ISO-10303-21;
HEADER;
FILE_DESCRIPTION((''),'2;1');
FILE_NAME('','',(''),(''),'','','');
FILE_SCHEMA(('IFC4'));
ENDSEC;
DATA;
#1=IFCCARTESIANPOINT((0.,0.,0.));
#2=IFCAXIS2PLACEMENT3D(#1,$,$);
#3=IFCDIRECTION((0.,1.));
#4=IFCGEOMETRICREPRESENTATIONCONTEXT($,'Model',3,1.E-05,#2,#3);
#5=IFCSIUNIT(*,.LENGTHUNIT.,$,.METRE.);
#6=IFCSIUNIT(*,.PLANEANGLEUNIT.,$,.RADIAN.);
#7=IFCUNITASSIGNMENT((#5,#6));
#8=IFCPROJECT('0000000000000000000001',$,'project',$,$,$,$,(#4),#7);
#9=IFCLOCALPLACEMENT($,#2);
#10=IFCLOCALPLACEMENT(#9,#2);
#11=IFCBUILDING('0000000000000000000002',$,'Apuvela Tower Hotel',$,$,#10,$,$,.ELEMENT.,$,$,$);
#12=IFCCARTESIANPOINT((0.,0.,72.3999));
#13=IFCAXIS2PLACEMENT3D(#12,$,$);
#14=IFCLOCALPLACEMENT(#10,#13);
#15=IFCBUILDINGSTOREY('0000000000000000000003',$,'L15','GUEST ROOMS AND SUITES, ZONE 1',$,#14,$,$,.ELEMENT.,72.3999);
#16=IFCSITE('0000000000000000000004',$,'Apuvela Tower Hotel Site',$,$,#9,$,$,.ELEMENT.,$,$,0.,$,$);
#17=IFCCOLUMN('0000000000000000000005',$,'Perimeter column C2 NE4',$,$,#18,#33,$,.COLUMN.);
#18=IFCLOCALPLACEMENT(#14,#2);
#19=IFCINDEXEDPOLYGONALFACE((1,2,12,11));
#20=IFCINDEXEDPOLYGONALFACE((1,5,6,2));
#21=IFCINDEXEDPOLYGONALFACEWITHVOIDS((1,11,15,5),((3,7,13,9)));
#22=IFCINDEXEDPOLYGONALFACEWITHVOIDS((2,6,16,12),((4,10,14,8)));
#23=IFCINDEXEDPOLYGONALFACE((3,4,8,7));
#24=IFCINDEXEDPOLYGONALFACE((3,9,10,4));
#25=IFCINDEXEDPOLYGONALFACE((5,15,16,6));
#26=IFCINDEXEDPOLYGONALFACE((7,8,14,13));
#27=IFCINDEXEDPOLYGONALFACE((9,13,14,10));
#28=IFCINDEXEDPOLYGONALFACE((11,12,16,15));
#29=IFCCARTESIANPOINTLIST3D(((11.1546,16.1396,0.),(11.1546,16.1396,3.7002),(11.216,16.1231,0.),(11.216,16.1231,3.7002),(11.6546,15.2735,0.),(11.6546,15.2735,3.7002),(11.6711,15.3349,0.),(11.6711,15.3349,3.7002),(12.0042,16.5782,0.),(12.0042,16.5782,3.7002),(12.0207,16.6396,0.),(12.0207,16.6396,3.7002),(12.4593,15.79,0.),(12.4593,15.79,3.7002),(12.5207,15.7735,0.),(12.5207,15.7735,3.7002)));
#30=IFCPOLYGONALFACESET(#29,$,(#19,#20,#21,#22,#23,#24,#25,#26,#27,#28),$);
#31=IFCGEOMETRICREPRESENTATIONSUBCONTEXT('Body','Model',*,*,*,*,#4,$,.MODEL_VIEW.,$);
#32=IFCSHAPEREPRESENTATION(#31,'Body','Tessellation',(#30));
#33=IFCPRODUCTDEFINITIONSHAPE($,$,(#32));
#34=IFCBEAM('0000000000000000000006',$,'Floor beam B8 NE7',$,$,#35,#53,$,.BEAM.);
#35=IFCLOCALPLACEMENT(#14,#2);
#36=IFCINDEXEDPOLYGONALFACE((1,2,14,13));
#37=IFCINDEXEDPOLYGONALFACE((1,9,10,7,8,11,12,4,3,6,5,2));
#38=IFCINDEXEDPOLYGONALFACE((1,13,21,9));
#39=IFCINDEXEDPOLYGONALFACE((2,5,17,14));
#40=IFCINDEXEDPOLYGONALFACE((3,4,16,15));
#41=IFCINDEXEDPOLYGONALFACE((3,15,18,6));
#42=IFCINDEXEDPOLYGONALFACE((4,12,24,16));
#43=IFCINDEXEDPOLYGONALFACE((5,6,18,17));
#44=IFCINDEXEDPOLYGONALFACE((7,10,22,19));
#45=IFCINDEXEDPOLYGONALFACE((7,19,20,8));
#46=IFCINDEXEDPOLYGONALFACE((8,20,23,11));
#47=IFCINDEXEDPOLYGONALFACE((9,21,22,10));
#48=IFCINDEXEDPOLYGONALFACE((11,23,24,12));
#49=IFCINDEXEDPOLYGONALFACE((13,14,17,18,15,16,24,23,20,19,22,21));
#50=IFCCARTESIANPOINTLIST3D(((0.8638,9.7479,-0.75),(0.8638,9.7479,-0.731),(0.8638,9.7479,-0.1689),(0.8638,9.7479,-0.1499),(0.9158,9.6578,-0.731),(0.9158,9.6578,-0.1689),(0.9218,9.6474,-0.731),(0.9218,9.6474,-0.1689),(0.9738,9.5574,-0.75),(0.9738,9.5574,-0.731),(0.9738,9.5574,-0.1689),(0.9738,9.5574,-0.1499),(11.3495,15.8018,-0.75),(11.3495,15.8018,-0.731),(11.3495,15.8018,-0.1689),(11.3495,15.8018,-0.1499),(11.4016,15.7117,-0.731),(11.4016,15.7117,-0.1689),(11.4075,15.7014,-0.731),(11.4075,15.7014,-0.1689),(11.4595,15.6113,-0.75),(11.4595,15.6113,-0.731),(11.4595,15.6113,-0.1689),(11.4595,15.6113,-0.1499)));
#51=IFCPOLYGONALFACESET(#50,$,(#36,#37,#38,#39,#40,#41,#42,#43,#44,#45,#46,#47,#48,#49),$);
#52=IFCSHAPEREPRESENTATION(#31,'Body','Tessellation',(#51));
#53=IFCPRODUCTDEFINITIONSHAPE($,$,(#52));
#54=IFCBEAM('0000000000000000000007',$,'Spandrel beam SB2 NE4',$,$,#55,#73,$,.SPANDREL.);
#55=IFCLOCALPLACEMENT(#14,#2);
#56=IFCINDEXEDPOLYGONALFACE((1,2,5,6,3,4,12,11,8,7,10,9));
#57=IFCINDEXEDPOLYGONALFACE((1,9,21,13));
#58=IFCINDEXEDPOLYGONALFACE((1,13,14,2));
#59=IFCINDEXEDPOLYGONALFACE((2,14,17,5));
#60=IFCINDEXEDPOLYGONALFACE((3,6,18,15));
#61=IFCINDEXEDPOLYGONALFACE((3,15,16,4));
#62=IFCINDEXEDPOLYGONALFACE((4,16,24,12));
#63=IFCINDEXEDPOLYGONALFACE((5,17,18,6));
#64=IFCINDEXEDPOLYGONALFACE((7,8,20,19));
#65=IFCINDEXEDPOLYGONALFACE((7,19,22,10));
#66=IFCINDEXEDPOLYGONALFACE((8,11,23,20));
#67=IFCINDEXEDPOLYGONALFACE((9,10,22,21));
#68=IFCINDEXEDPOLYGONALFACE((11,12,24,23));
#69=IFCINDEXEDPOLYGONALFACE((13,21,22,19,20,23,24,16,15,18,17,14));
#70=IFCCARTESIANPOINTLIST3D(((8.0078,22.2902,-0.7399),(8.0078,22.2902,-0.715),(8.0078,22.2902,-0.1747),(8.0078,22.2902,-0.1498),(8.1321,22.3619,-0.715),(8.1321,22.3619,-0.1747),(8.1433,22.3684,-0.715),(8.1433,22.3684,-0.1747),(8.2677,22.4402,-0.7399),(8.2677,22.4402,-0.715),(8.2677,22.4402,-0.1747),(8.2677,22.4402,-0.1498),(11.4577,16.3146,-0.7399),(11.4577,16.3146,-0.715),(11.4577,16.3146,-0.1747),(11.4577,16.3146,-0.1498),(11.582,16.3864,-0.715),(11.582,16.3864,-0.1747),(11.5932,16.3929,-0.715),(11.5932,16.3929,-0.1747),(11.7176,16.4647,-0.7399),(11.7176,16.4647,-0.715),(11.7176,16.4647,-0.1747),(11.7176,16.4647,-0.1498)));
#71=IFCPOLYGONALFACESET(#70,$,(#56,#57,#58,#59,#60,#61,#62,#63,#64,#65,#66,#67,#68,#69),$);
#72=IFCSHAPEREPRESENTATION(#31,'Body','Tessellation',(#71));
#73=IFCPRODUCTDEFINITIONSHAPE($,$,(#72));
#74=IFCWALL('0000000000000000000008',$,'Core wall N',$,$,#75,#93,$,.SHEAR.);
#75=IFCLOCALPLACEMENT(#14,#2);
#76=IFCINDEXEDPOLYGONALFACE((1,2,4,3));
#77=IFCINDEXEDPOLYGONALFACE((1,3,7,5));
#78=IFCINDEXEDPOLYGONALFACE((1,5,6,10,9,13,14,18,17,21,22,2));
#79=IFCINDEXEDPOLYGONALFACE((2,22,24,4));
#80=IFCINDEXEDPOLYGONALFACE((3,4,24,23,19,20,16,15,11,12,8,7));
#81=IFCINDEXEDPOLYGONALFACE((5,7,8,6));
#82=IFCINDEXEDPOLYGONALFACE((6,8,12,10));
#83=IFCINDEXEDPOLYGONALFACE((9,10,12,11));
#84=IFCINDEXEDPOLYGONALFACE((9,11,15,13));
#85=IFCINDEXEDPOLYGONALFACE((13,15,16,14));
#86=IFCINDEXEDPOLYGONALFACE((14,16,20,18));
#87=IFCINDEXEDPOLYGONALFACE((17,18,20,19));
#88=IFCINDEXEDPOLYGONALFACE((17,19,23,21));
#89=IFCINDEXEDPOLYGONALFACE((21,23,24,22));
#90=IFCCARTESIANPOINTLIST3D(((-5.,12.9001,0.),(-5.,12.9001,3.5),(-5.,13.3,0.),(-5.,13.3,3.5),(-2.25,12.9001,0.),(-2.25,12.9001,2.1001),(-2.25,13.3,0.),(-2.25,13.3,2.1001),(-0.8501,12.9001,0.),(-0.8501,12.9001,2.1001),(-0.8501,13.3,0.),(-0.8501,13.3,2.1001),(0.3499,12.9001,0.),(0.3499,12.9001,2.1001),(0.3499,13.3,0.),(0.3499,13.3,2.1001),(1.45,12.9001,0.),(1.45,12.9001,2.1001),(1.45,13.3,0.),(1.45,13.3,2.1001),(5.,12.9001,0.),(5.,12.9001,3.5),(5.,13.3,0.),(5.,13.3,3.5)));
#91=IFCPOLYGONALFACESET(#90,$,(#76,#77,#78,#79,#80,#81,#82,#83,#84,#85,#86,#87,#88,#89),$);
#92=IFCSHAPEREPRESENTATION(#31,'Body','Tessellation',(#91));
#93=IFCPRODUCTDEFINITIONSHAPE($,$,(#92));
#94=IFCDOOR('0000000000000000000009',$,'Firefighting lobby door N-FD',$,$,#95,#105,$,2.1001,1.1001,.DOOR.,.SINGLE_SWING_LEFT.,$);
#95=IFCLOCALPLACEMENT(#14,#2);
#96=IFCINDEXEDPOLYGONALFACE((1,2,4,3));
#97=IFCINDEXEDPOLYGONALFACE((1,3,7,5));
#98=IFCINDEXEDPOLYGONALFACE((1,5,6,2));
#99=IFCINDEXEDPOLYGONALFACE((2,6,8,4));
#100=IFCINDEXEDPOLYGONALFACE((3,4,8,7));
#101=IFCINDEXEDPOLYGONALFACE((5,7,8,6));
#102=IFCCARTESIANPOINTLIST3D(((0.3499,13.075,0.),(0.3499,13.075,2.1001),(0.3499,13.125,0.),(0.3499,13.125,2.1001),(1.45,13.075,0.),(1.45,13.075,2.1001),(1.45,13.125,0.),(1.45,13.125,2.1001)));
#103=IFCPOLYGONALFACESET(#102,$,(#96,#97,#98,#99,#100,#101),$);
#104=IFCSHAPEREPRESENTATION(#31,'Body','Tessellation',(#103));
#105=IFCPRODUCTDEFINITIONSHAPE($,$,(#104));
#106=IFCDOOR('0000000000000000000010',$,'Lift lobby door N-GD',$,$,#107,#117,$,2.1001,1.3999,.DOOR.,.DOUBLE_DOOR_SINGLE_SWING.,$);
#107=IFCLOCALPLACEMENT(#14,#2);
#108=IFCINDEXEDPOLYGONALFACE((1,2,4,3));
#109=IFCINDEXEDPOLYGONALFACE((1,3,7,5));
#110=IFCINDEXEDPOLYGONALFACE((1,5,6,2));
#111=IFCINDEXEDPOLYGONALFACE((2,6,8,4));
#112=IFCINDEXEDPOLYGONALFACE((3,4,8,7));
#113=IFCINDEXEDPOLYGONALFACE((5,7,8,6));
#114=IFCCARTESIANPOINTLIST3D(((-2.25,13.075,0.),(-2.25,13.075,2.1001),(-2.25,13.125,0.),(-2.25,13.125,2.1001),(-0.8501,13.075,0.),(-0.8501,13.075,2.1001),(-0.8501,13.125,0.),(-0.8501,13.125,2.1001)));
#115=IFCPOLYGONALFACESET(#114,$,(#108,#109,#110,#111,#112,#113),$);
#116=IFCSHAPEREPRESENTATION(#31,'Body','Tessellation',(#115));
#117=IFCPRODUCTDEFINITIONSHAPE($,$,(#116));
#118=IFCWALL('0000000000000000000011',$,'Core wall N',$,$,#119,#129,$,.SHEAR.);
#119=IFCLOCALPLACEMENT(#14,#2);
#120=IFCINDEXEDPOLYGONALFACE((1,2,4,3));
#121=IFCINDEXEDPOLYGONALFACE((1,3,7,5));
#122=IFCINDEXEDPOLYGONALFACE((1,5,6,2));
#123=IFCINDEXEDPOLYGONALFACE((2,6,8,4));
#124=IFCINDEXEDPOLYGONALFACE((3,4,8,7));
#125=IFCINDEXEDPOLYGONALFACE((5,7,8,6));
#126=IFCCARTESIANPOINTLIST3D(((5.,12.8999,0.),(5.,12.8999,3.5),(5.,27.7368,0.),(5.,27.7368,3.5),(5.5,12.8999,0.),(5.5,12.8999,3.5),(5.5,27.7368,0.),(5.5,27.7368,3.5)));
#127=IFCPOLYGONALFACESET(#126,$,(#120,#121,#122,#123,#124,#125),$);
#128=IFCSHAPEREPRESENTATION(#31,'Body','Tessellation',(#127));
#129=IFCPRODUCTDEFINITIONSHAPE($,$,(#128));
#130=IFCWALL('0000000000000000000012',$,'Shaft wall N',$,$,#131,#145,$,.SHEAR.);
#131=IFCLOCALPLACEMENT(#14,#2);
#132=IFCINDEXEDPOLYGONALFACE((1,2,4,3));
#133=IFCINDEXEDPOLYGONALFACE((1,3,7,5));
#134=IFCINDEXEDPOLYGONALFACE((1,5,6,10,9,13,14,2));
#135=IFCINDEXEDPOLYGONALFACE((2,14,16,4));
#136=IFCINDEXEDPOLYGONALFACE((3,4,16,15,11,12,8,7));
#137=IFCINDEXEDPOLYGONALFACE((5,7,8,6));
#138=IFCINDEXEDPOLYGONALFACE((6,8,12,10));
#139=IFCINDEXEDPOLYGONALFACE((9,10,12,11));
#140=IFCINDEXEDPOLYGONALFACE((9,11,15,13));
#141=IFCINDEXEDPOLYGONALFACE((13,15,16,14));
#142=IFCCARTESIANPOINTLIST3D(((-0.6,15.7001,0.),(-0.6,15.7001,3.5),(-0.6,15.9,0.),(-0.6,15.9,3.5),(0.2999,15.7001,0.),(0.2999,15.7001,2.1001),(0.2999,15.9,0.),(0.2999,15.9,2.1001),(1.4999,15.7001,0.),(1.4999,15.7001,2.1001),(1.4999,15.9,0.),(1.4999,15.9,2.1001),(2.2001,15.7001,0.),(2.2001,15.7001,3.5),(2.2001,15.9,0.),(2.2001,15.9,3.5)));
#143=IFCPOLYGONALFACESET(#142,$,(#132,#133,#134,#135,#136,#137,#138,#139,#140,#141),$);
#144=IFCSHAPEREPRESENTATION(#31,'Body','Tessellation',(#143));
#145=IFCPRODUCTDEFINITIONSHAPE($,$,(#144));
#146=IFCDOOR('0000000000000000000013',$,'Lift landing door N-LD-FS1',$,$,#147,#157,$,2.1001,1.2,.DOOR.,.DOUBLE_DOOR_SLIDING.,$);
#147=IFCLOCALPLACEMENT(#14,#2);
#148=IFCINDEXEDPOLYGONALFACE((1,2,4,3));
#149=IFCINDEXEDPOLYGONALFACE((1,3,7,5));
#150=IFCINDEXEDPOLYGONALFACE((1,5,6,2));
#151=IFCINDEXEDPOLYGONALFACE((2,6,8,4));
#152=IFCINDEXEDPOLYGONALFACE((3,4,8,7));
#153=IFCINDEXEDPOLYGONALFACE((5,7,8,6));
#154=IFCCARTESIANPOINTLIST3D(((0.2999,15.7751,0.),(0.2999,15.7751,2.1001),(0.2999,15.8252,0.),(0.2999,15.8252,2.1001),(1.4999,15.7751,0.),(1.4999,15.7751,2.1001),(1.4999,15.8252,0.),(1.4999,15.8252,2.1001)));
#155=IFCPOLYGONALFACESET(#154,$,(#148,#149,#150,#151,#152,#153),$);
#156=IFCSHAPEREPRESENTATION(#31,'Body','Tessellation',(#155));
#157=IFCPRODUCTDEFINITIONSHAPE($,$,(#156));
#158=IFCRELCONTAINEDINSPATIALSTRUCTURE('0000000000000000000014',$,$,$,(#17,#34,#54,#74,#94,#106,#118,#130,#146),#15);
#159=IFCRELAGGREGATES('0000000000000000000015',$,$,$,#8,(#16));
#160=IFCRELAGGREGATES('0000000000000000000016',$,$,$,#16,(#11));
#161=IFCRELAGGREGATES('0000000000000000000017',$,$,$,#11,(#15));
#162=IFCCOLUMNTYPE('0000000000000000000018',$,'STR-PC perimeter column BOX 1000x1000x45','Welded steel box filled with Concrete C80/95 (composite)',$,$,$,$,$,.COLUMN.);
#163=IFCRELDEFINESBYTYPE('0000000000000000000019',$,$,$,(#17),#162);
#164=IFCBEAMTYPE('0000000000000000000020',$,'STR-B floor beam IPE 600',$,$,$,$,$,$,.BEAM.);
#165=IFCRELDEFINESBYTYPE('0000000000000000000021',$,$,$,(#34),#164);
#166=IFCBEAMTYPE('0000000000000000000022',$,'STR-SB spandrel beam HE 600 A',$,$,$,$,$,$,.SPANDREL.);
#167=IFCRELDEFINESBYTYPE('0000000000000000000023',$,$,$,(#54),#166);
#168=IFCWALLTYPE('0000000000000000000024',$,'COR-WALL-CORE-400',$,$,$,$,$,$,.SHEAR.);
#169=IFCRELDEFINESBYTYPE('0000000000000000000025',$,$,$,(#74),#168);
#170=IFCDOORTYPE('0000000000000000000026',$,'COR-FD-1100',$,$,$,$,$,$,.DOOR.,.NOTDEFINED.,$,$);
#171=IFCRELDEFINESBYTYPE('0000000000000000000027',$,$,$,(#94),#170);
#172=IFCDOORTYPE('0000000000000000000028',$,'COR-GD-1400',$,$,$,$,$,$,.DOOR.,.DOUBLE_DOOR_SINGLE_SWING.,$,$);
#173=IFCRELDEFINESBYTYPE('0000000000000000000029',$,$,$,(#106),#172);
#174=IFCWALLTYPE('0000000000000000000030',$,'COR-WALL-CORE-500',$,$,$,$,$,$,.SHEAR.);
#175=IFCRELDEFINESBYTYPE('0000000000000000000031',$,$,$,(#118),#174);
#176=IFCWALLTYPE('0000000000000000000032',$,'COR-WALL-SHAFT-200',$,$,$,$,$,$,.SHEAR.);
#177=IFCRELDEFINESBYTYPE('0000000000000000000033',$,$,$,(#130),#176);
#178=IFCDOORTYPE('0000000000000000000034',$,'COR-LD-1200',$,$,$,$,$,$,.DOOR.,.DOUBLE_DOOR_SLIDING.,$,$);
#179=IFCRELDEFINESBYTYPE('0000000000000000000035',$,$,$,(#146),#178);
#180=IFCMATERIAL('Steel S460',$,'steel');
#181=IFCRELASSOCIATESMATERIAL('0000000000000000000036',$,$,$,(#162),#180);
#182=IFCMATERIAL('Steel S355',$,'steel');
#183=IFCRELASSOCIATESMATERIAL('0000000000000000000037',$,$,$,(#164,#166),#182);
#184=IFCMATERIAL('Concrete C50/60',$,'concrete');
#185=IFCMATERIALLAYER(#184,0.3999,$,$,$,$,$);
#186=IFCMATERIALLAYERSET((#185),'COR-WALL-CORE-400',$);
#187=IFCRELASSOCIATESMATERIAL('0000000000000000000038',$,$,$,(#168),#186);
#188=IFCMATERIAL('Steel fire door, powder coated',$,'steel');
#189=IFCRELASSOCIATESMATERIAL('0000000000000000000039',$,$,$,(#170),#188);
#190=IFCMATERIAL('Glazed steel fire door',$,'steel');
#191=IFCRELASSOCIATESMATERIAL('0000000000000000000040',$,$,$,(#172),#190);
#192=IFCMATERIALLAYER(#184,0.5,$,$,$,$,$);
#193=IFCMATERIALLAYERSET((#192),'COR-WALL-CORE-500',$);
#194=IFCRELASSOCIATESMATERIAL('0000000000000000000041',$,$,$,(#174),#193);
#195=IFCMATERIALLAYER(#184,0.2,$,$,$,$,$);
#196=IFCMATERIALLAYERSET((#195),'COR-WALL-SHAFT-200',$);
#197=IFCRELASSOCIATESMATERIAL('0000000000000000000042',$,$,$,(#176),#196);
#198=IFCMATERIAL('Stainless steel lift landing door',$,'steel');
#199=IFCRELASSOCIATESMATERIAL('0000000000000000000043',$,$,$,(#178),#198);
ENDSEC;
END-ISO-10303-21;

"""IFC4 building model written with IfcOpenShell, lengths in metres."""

from ifc_helpers import new_model, si_unit, direction, frame, frame_2d, origin, origin_2d, place, context, subcontext, project, spatial, rectangle, hollow_rectangle, i_section, extrude, material, layer, layer_set, material_profile, profile_set, type_object, element, fill, save


model = new_model("IFC4")

# Units and contexts
model_context = context("Model", 3, precision=1e-05, world=origin(), true_north=direction((0.0, 1.0)))
body_context = subcontext(model_context, "Body", "Model", "MODEL_VIEW")
ifc_project = project(units=[si_unit("LENGTHUNIT", "METRE"), si_unit("PLANEANGLEUNIT", "RADIAN")], contexts=[model_context])

# Site, building, storey
site_placement = place(None, origin())
site = spatial("IfcSite", under=ifc_project, at=site_placement, Name="Apuvela Tower Hotel Site", CompositionType="ELEMENT", RefElevation=0.0)
building_placement = place(site_placement, origin())
building = spatial("IfcBuilding", under=site, at=building_placement, Name="Apuvela Tower Hotel", CompositionType="ELEMENT")
storey_placement = place(building_placement, frame((0.0, 0.0, 72.3999)))
storey = spatial("IfcBuildingStorey", under=building, at=storey_placement, Name="L15", Description="GUEST ROOMS AND SUITES, ZONE 1", CompositionType="ELEMENT", Elevation=72.3999)

# Column
ifc_material_1 = material(Name="Steel S460", Category="steel")
ifc_material_profile_1 = material_profile(ifc_material_1, hollow_rectangle(XDim=1.0, YDim=1.0, WallThickness=0.0449, at=origin_2d()), Name="BOX 1000x1000x45")
ifc_material_2 = material(Name="Concrete C80/95", Category="concrete")
ifc_material_profile_2 = material_profile(ifc_material_2, rectangle(XDim=0.9099, YDim=0.9099, at=origin_2d()), Name="Concrete C80/95 infill")
ifc_profile_set_1 = profile_set([ifc_material_profile_1, ifc_material_profile_2], Name="Steel S460")
column_type = type_object("IfcColumnType", Name="STR-PC perimeter column BOX 1000x1000x45", Description="Welded steel box filled with Concrete C80/95 (composite)", PredefinedType="COLUMN", material=ifc_profile_set_1)
column_placement = place(storey_placement, frame((11.8376, 15.9565, 0.0), z_axis=(0.0, 0.0, 1.0), x_axis=(-0.5, 0.866025, 0.0)))
element("IfcColumn", 1, at=column_placement, inside=storey, type_object=column_type, Name="Perimeter column C2 NE4", PredefinedType="COLUMN", context=body_context, shape_type="SweptSolid", body=[
    extrude(hollow_rectangle(XDim=1.0, YDim=1.0, WallThickness=0.0449, at=origin_2d()), origin(), (0.0, 0.0, 1.0), 3.7002),
])

# Beams
ifc_material_3 = material(Name="Steel S355", Category="steel")
ifc_material_profile_3 = material_profile(ifc_material_3, i_section(OverallWidth=0.22, OverallDepth=0.6001, WebThickness=0.012, FlangeThickness=0.019, at=origin_2d()), Name="IPE 600")
ifc_profile_set_2 = profile_set([ifc_material_profile_3], Name="Steel S355")
beam_type_1 = type_object("IfcBeamType", Name="STR-B floor beam IPE 600", PredefinedType="BEAM", material=ifc_profile_set_2)
beam_1_placement = place(storey_placement, frame((11.4045, 15.7065, -0.45), z_axis=(-0.866027, -0.499997, 0.0), x_axis=(0.499997, -0.866027, 0.0)))
element("IfcBeam", 2, at=beam_1_placement, inside=storey, type_object=beam_type_1, Name="Floor beam B8 NE7", PredefinedType="BEAM", context=body_context, shape_type="SweptSolid", body=[
    extrude(i_section(OverallWidth=0.22, OverallDepth=0.6001, WebThickness=0.012, FlangeThickness=0.019, at=origin_2d()), origin(), (0.0, 0.0, 1.0), 12.1079),
])
ifc_material_profile_4 = material_profile(ifc_material_3, i_section(OverallWidth=0.3, OverallDepth=0.5901, WebThickness=0.0129, FlangeThickness=0.0249, at=origin_2d()), Name="HE 600 A")
ifc_profile_set_3 = profile_set([ifc_material_profile_4], Name="Steel S355")
beam_type_2 = type_object("IfcBeamType", Name="STR-SB spandrel beam HE 600 A", PredefinedType="SPANDREL", material=ifc_profile_set_3)
beam_2_placement = place(storey_placement, frame((11.5876, 16.3896, -0.4448), z_axis=(-0.499994, 0.866029, 0.0), x_axis=(-0.866029, -0.499994, 0.0)))
element("IfcBeam", 3, at=beam_2_placement, inside=storey, type_object=beam_type_2, Name="Spandrel beam SB2 NE4", PredefinedType="SPANDREL", context=body_context, shape_type="SweptSolid", body=[
    extrude(i_section(OverallWidth=0.3, OverallDepth=0.5901, WebThickness=0.0129, FlangeThickness=0.0249, at=origin_2d()), origin(), (0.0, 0.0, 1.0), 6.8999),
])

# Wall, openings, doors
ifc_material_4 = material(Name="Concrete C50/60", Category="concrete")
ifc_layer_1 = layer(ifc_material_4, 0.3999)
ifc_layer_set_1 = layer_set([ifc_layer_1], Name="COR-WALL-CORE-400")
wall_type_1 = type_object("IfcWallType", Name="COR-WALL-CORE-400", PredefinedType="SHEAR", material=ifc_layer_set_1)
wall_1_placement = place(storey_placement, frame((5.0, 13.1001, 0.0), z_axis=(0.0, 0.0, 1.0), x_axis=(-1.0, 0.0, 0.0)))
wall_1 = element("IfcWall", 4, at=wall_1_placement, inside=storey, type_object=wall_type_1, Name="Core wall N", PredefinedType="SHEAR", context=body_context, shape_type="SweptSolid", body=[
    extrude(rectangle(XDim=10.0, YDim=0.3999, at=frame_2d((5.0, 0.0))), origin(), (0.0, 0.0, 1.0), 3.5),
])
opening_1_placement = place(wall_1_placement, frame((3.55, 0.0, 0.0)))
opening_1 = element("IfcOpeningElement", 5, at=opening_1_placement, cuts=wall_1, PredefinedType="OPENING", context=body_context, shape_type="SweptSolid", body=[
    extrude(rectangle(XDim=1.1001, YDim=2.1001, at=frame_2d((0.55, 1.05))), frame((0.0, 0.21, 0.0), z_axis=(0.0, -1.0, 0.0), x_axis=(1.0, 0.0, 0.0)), (0.0, 0.0, 1.0), 0.4199),
])
opening_2_placement = place(wall_1_placement, frame((5.8501, 0.0, 0.0)))
opening_2 = element("IfcOpeningElement", 6, at=opening_2_placement, cuts=wall_1, PredefinedType="OPENING", context=body_context, shape_type="SweptSolid", body=[
    extrude(rectangle(XDim=1.3999, YDim=2.1001, at=frame_2d((0.7, 1.05))), frame((0.0, 0.21, 0.0), z_axis=(0.0, -1.0, 0.0), x_axis=(1.0, 0.0, 0.0)), (0.0, 0.0, 1.0), 0.4199),
])
ifc_material_5 = material(Name="Steel fire door, powder coated", Category="steel")
door_type_1 = type_object("IfcDoorType", Name="COR-FD-1100", OperationType="NOTDEFINED", PredefinedType="DOOR", material=ifc_material_5)
door_1_placement = place(opening_1_placement, frame((1.1001, 0.0, 0.0), z_axis=(0.0, 0.0, 1.0), x_axis=(-1.0, 0.0, 0.0)))
door_1 = element("IfcDoor", 7, at=door_1_placement, inside=storey, type_object=door_type_1, Name="Firefighting lobby door N-FD", OperationType="SINGLE_SWING_LEFT", OverallHeight=2.1001, OverallWidth=1.1001, PredefinedType="DOOR", context=body_context, shape_type="SweptSolid", body=[
    extrude(rectangle(XDim=1.1001, YDim=2.1001, at=frame_2d((0.55, 1.05))), frame((0.0, 0.0249, 0.0), z_axis=(0.0, -1.0, 0.0), x_axis=(1.0, 0.0, 0.0)), (0.0, 0.0, 1.0), 0.05),
])
fill(opening_1, door_1)
ifc_material_6 = material(Name="Glazed steel fire door", Category="steel")
door_type_2 = type_object("IfcDoorType", Name="COR-GD-1400", OperationType="DOUBLE_DOOR_SINGLE_SWING", PredefinedType="DOOR", material=ifc_material_6)
door_2_placement = place(opening_2_placement, frame((1.3999, 0.0, 0.0), z_axis=(0.0, 0.0, 1.0), x_axis=(-1.0, 0.0, 0.0)))
door_2 = element("IfcDoor", 8, at=door_2_placement, inside=storey, type_object=door_type_2, Name="Lift lobby door N-GD", OperationType="DOUBLE_DOOR_SINGLE_SWING", OverallHeight=2.1001, OverallWidth=1.3999, PredefinedType="DOOR", context=body_context, shape_type="SweptSolid", body=[
    extrude(rectangle(XDim=1.3999, YDim=2.1001, at=frame_2d((0.7, 1.05))), frame((0.0, 0.0249, 0.0), z_axis=(0.0, -1.0, 0.0), x_axis=(1.0, 0.0, 0.0)), (0.0, 0.0, 1.0), 0.05),
])
fill(opening_2, door_2)

# Wall
ifc_layer_2 = layer(ifc_material_4, 0.5)
ifc_layer_set_2 = layer_set([ifc_layer_2], Name="COR-WALL-CORE-500")
wall_type_2 = type_object("IfcWallType", Name="COR-WALL-CORE-500", PredefinedType="SHEAR", material=ifc_layer_set_2)
wall_2_placement = place(storey_placement, frame((5.25, 12.8999, 0.0), z_axis=(0.0, 0.0, 1.0), x_axis=(0.0, 1.0, 0.0)))
element("IfcWall", 9, at=wall_2_placement, inside=storey, type_object=wall_type_2, Name="Core wall N", PredefinedType="SHEAR", context=body_context, shape_type="SweptSolid", body=[
    extrude(rectangle(XDim=14.8369, YDim=0.5, at=frame_2d((7.4185, 0.0))), origin(), (0.0, 0.0, 1.0), 3.5),
])

# Wall, opening, door
ifc_layer_3 = layer(ifc_material_4, 0.2)
ifc_layer_set_3 = layer_set([ifc_layer_3], Name="COR-WALL-SHAFT-200")
wall_type_3 = type_object("IfcWallType", Name="COR-WALL-SHAFT-200", PredefinedType="SHEAR", material=ifc_layer_set_3)
wall_3_placement = place(storey_placement, frame((2.2, 15.8, 0.0), z_axis=(0.0, 0.0, 1.0), x_axis=(-1.0, 0.0, 0.0)))
wall_3 = element("IfcWall", 10, at=wall_3_placement, inside=storey, type_object=wall_type_3, Name="Shaft wall N", PredefinedType="SHEAR", context=body_context, shape_type="SweptSolid", body=[
    extrude(rectangle(XDim=2.8, YDim=0.2, at=frame_2d((1.3999, 0.0))), origin(), (0.0, 0.0, 1.0), 3.5),
])
opening_3_placement = place(wall_3_placement, frame((0.7, 0.0, 0.0)))
opening_3 = element("IfcOpeningElement", 11, at=opening_3_placement, cuts=wall_3, PredefinedType="OPENING", context=body_context, shape_type="SweptSolid", body=[
    extrude(rectangle(XDim=1.2, YDim=2.1001, at=frame_2d((0.6001, 1.05))), frame((0.0, 0.1099, 0.0), z_axis=(0.0, -1.0, 0.0), x_axis=(1.0, 0.0, 0.0)), (0.0, 0.0, 1.0), 0.22),
])
ifc_material_7 = material(Name="Stainless steel lift landing door", Category="steel")
door_type_3 = type_object("IfcDoorType", Name="COR-LD-1200", OperationType="DOUBLE_DOOR_SLIDING", PredefinedType="DOOR", material=ifc_material_7)
door_3_placement = place(opening_3_placement, origin())
door_3 = element("IfcDoor", 12, at=door_3_placement, inside=storey, type_object=door_type_3, Name="Lift landing door N-LD-FS1", OperationType="DOUBLE_DOOR_SLIDING", OverallHeight=2.1001, OverallWidth=1.2, PredefinedType="DOOR", context=body_context, shape_type="SweptSolid", body=[
    extrude(rectangle(XDim=1.2, YDim=2.1001, at=frame_2d((0.6001, 1.05))), frame((0.0, 0.0249, 0.0), z_axis=(0.0, -1.0, 0.0), x_axis=(1.0, 0.0, 0.0)), (0.0, 0.0, 1.0), 0.05),
])
fill(opening_3, door_3)

save(model, "model.ifc")
